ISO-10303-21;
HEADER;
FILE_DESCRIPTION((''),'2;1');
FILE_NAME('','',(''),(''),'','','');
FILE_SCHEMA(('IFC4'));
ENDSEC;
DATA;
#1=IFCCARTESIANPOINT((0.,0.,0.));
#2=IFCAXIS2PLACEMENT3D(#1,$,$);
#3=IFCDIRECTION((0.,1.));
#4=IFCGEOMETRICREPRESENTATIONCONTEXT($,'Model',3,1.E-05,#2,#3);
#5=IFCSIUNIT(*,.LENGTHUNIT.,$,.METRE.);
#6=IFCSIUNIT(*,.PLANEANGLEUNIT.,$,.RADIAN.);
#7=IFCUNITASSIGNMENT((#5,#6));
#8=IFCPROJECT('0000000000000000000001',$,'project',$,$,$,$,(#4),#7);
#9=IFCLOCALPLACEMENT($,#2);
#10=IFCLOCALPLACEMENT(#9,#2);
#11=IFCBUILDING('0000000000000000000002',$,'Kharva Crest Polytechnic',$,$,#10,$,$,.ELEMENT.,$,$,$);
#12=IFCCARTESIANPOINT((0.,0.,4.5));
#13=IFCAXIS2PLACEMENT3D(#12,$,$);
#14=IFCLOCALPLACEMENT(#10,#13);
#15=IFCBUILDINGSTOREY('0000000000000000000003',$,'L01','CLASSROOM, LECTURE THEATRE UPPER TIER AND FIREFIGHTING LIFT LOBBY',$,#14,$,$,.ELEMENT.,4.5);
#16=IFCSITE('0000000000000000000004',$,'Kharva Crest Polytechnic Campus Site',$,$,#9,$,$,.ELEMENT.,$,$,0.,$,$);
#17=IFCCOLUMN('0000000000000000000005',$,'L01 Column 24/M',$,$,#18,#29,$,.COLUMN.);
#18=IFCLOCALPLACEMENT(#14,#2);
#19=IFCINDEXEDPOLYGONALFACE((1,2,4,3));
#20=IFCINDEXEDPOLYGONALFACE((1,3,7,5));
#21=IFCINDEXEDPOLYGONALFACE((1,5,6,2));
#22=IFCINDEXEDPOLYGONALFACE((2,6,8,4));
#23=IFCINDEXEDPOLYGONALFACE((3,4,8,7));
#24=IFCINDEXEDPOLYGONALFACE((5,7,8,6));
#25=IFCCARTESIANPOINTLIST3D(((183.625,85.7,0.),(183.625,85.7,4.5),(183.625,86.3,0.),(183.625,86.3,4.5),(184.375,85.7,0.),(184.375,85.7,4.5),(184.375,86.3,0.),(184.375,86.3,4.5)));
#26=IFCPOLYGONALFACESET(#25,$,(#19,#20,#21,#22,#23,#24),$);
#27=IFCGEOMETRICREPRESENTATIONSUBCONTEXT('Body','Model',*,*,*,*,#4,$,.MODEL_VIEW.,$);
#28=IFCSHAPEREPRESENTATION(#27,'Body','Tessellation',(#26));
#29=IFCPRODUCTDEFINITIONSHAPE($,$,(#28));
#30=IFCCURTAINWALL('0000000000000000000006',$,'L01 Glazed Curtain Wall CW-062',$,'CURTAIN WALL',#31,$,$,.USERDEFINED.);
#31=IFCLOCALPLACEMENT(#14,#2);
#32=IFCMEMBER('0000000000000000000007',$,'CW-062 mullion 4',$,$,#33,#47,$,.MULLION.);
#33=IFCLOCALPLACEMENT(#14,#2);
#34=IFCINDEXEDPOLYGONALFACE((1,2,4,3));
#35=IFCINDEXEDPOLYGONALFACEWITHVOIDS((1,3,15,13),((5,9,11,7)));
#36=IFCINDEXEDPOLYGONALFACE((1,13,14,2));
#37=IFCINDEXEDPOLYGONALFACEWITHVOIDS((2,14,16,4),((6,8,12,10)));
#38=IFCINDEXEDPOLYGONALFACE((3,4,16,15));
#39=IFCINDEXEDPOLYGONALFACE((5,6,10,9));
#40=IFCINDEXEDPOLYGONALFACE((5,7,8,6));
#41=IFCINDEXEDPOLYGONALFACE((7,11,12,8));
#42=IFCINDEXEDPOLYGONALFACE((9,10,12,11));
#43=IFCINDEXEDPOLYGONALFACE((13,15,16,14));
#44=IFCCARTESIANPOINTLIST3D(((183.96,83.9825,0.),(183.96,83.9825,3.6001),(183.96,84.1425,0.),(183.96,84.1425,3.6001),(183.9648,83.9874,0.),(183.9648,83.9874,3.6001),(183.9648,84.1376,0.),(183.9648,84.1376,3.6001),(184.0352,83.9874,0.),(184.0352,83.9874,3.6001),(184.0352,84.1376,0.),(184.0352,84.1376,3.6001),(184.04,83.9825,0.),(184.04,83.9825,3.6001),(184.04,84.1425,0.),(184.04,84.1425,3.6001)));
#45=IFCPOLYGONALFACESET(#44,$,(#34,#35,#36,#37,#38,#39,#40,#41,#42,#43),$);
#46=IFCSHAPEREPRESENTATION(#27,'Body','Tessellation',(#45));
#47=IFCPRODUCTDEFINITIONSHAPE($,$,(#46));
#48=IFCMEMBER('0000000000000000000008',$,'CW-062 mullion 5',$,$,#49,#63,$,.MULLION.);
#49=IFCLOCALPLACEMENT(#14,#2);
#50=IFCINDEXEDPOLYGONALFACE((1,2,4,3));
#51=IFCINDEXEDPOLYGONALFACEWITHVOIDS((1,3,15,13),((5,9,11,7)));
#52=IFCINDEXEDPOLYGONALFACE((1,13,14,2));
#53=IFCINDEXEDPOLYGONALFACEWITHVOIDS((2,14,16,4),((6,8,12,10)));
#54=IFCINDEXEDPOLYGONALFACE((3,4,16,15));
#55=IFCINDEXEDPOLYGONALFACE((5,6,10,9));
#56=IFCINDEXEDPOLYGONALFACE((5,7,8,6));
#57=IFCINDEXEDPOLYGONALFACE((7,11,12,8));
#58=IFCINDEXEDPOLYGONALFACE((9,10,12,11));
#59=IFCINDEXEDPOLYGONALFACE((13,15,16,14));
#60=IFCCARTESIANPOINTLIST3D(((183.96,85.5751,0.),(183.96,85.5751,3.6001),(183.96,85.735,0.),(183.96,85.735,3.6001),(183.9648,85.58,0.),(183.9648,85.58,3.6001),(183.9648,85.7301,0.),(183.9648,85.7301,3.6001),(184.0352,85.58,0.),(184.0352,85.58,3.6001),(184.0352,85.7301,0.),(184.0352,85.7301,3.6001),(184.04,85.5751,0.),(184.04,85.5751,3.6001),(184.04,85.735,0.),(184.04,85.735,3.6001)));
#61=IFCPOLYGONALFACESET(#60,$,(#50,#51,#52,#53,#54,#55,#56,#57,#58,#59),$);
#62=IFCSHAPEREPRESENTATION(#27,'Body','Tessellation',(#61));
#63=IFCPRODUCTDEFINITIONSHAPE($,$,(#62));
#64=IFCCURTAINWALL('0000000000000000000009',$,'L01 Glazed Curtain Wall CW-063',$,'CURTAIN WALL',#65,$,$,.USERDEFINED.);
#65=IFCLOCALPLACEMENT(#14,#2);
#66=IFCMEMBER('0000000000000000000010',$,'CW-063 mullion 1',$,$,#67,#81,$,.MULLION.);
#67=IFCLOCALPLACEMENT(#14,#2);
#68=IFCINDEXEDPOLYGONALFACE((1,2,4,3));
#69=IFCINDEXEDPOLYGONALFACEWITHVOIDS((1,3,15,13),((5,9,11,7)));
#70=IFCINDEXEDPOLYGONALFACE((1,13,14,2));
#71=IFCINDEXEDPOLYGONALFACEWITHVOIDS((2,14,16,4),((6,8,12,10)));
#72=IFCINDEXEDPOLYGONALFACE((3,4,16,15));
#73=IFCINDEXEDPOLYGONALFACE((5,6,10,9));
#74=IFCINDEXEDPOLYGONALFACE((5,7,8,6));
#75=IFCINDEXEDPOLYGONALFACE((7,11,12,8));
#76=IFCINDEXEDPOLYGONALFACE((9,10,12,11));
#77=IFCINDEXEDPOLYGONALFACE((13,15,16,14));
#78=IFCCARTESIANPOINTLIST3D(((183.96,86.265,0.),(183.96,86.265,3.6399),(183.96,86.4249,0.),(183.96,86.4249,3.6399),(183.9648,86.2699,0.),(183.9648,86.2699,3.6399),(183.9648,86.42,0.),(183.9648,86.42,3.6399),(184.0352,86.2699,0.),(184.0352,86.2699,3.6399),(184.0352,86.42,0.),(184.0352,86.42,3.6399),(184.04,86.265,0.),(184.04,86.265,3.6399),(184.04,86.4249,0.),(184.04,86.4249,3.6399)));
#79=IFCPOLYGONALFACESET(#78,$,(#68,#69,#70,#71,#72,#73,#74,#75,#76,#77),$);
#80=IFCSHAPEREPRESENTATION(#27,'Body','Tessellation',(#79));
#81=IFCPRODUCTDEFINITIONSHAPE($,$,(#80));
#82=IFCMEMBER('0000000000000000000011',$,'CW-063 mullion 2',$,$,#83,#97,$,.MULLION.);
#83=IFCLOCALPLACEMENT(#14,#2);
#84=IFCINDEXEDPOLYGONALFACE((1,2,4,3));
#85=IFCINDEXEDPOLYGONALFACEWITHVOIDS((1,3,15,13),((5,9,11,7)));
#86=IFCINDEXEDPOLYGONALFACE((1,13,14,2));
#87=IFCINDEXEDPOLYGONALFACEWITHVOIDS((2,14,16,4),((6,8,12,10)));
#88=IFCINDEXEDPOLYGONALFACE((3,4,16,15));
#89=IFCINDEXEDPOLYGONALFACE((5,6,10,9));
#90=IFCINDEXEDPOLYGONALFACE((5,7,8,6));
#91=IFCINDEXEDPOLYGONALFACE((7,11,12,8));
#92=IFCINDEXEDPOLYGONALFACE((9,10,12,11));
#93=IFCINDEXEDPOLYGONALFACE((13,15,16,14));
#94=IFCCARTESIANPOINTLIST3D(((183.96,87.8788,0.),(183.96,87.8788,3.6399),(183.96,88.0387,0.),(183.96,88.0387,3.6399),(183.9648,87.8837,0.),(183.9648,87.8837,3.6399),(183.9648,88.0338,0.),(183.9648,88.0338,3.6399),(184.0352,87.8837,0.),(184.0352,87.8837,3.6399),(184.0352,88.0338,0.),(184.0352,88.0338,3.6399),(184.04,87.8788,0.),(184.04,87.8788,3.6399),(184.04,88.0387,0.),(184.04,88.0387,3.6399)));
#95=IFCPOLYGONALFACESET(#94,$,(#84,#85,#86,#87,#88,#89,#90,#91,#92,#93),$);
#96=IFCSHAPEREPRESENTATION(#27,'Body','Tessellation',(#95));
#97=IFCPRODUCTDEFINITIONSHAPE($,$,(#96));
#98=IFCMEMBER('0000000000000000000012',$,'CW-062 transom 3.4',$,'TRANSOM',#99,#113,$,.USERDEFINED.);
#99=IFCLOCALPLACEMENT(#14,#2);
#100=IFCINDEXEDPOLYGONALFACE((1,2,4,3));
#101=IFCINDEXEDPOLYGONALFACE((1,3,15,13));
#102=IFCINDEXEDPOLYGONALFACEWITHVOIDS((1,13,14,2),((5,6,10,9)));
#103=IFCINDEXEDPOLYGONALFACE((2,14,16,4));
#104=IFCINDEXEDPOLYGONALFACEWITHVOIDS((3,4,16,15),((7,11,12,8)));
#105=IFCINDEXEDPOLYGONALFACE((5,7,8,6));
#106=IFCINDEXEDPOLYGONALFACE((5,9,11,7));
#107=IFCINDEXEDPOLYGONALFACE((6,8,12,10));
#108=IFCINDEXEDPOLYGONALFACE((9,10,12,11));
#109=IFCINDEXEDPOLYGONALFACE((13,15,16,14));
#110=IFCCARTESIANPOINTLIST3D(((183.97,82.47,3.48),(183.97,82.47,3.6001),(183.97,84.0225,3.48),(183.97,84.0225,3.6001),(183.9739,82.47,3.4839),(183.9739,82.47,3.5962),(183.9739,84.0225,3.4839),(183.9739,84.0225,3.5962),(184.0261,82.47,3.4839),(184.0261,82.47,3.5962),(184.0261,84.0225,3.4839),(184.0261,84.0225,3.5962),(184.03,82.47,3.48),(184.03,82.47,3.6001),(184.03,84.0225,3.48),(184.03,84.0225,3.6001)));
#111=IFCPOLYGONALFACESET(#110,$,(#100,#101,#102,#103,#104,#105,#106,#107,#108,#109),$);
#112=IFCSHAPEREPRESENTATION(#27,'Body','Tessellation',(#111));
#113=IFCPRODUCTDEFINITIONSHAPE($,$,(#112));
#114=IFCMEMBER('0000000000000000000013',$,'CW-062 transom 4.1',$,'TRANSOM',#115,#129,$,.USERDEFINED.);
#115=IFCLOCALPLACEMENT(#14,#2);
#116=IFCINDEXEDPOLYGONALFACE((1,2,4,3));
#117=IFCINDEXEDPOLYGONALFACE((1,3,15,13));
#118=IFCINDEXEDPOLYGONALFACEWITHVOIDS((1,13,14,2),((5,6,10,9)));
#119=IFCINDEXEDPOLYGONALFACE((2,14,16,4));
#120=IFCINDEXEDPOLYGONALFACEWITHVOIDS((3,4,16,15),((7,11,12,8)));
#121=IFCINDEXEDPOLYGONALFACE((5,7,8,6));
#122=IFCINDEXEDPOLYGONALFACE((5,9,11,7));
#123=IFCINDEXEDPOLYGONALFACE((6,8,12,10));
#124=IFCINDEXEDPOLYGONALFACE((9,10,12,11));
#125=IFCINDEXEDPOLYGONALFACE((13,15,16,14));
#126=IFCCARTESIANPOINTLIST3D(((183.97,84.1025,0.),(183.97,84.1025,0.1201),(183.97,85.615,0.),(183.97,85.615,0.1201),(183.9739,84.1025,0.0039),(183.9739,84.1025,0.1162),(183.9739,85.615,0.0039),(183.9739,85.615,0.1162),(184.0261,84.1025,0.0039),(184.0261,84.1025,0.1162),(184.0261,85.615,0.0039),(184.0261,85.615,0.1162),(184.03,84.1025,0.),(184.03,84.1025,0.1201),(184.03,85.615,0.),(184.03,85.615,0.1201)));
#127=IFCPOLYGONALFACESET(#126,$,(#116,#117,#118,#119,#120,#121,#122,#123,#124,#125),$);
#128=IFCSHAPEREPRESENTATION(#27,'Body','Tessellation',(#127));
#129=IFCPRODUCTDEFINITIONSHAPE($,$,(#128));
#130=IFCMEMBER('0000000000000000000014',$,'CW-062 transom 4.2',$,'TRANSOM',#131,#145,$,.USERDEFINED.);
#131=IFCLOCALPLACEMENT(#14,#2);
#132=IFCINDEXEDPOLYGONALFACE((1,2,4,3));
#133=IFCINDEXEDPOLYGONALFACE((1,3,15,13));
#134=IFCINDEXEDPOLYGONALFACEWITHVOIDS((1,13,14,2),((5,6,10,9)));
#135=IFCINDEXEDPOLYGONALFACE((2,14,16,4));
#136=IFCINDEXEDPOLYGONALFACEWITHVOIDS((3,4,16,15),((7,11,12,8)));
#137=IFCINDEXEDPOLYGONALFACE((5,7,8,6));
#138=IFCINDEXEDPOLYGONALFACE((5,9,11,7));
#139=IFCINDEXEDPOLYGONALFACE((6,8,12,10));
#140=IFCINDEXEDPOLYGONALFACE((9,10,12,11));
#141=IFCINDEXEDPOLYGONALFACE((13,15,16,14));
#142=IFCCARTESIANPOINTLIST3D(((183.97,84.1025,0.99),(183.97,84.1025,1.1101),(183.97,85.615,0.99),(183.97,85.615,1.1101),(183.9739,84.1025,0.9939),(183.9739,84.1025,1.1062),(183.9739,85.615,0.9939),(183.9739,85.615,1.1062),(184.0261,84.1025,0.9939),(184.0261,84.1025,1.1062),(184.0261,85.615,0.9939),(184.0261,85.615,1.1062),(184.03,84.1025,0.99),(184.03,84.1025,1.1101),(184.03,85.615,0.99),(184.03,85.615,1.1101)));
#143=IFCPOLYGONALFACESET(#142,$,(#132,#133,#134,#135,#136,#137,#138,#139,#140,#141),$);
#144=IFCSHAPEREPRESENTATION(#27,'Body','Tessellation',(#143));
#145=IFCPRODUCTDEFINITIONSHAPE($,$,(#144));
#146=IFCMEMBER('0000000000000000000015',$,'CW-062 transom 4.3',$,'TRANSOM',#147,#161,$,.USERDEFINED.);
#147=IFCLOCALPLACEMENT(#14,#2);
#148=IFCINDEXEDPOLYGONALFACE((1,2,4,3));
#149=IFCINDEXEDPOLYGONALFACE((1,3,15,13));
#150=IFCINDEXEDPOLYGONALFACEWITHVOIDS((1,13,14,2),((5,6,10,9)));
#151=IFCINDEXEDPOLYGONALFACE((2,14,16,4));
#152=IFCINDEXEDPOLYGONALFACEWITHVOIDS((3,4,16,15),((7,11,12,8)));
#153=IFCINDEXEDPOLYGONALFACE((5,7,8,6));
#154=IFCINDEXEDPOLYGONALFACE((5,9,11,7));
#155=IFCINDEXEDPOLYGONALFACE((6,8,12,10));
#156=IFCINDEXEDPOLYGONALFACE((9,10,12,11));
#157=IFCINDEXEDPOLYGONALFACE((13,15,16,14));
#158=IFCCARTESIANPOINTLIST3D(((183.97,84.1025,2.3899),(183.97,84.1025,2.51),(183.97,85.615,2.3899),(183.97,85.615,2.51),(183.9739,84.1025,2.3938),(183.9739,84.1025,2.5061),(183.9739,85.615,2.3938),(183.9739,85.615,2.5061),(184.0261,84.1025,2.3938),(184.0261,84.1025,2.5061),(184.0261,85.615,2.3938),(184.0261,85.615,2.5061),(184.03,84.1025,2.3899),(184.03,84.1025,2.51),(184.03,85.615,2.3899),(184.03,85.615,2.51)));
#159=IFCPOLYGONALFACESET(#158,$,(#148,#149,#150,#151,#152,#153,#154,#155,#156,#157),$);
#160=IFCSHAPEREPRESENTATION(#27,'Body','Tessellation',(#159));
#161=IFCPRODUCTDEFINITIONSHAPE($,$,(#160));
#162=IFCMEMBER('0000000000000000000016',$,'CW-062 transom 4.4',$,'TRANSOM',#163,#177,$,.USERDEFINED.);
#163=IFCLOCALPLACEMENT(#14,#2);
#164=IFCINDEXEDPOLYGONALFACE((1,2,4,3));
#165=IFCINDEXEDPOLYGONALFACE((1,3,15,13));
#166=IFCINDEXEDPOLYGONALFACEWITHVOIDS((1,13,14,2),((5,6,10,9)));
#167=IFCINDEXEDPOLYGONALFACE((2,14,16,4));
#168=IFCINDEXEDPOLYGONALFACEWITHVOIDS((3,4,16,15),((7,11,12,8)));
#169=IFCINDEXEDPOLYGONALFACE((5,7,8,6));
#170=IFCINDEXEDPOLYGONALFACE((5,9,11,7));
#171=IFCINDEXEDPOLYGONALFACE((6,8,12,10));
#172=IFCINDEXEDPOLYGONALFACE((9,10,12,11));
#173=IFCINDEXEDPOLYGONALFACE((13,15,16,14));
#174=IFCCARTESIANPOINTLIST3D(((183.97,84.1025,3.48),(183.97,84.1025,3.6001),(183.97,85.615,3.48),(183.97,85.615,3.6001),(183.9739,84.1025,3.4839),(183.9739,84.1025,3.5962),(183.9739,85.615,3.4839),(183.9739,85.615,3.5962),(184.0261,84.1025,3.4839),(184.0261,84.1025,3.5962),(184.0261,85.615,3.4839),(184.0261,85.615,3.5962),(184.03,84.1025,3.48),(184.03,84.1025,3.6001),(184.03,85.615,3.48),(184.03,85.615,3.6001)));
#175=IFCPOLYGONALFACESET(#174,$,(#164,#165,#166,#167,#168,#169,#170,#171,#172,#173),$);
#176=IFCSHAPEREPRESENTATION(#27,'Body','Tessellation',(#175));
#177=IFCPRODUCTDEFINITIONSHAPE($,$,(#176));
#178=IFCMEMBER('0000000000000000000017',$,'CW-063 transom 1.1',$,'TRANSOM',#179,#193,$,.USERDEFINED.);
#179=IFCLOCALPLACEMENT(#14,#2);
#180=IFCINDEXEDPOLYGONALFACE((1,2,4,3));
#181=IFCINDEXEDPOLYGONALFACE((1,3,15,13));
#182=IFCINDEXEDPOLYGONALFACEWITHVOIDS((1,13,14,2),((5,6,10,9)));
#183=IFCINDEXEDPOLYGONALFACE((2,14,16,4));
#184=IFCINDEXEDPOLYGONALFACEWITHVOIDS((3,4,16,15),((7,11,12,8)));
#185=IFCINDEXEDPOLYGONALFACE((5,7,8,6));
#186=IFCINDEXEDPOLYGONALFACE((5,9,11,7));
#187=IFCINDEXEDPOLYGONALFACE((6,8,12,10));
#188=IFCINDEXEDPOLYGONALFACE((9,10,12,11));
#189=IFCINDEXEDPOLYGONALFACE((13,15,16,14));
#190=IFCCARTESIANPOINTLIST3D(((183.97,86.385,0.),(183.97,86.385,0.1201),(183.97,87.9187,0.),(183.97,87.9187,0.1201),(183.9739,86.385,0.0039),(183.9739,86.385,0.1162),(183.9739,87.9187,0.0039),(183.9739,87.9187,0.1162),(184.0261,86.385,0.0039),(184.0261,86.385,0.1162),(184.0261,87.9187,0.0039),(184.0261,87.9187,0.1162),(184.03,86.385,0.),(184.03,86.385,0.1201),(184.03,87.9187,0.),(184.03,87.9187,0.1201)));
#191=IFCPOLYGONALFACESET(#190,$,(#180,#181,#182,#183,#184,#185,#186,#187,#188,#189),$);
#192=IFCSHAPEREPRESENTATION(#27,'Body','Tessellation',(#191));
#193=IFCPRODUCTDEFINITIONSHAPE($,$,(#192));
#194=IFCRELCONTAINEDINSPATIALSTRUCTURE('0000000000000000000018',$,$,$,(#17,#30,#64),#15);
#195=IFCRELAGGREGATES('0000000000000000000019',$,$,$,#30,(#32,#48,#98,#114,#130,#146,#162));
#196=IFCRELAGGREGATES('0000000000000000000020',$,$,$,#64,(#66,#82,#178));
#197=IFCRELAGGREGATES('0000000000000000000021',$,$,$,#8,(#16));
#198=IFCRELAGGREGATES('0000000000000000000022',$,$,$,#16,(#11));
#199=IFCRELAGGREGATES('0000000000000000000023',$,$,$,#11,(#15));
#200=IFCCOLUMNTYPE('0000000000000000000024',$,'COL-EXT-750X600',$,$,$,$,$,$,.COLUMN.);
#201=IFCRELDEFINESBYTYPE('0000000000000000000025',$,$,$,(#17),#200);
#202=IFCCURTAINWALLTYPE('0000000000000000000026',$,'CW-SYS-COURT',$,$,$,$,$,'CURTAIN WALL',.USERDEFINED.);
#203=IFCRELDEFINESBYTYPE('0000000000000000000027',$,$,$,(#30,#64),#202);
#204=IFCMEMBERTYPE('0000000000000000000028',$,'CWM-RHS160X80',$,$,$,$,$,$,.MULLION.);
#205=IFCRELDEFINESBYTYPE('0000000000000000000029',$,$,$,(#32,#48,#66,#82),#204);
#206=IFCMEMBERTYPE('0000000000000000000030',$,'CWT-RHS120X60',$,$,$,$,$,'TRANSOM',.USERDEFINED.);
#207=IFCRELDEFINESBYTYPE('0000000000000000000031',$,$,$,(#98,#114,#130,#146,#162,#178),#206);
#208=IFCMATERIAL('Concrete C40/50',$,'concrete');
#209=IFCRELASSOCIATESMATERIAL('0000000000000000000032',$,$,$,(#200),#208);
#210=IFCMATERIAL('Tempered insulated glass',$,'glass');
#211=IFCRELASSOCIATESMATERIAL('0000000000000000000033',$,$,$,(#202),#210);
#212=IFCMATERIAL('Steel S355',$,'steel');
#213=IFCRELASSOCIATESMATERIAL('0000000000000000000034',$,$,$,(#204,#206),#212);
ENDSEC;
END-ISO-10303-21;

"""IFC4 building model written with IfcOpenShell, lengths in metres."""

from ifc_helpers import new_model, si_unit, direction, frame, origin, origin_2d, place, context, subcontext, project, spatial, rectangle, hollow_rectangle, extrude, material, material_profile, profile_set, type_object, element, aggregate, save


model = new_model("IFC4")

# Units and contexts
model_context = context("Model", 3, precision=1e-05, world=origin(), true_north=direction((0.0, 1.0)))
body_context = subcontext(model_context, "Body", "Model", "MODEL_VIEW")
ifc_project = project(units=[si_unit("LENGTHUNIT", "METRE"), si_unit("PLANEANGLEUNIT", "RADIAN")], contexts=[model_context])

# Site, building, storey
site_placement = place(None, origin())
site = spatial("IfcSite", under=ifc_project, at=site_placement, Name="Kharva Crest Polytechnic Campus Site", CompositionType="ELEMENT", RefElevation=0.0)
building_placement = place(site_placement, origin())
building = spatial("IfcBuilding", under=site, at=building_placement, Name="Kharva Crest Polytechnic", CompositionType="ELEMENT")
storey_placement = place(building_placement, frame((0.0, 0.0, 4.5)))
storey = spatial("IfcBuildingStorey", under=building, at=storey_placement, Name="L01", Description="CLASSROOM, LECTURE THEATRE UPPER TIER AND FIREFIGHTING LIFT LOBBY", CompositionType="ELEMENT", Elevation=4.5)

# Column
ifc_material_1 = material(Name="Concrete C40/50", Category="concrete")
ifc_material_profile_1 = material_profile(ifc_material_1, rectangle(XDim=0.75, YDim=0.6001, at=origin_2d()), Name="RECT 750 X 600")
ifc_profile_set_1 = profile_set([ifc_material_profile_1], Name="Concrete C40/50")
column_type = type_object("IfcColumnType", Name="COL-EXT-750X600", PredefinedType="COLUMN", material=ifc_profile_set_1)
column_placement = place(storey_placement, frame((184.0, 86.0, 0.0), z_axis=(0.0, 0.0, 1.0), x_axis=(1.0, 0.0, 0.0)))
element("IfcColumn", 1, at=column_placement, inside=storey, type_object=column_type, Name="L01 Column 24/M", PredefinedType="COLUMN", context=body_context, shape_type="SweptSolid", body=[
    extrude(rectangle(XDim=0.75, YDim=0.6001, at=origin_2d()), origin(), (0.0, 0.0, 1.0), 4.5),
])

# Curtain walls, members
ifc_material_2 = material(Name="Tempered insulated glass", Category="glass")
curtain_wall_type = type_object("IfcCurtainWallType", Name="CW-SYS-COURT", ElementType="CURTAIN WALL", PredefinedType="USERDEFINED", material=ifc_material_2)
curtain_wall_1_placement = place(storey_placement, origin())
curtain_wall_1 = element("IfcCurtainWall", 2, at=curtain_wall_1_placement, inside=storey, type_object=curtain_wall_type, Name="L01 Glazed Curtain Wall CW-062", ObjectType="CURTAIN WALL", PredefinedType="USERDEFINED")
ifc_material_3 = material(Name="Steel S355", Category="steel")
ifc_material_profile_2 = material_profile(ifc_material_3, hollow_rectangle(XDim=0.0801, YDim=0.1599, WallThickness=0.0049, at=origin_2d()), Name="RHS 160X80X5.0")
ifc_profile_set_2 = profile_set([ifc_material_profile_2], Name="Steel S355")
member_type_1 = type_object("IfcMemberType", Name="CWM-RHS160X80", PredefinedType="MULLION", material=ifc_profile_set_2)
member_1_placement = place(storey_placement, frame((184.0, 84.0625, 0.0), z_axis=(0.0, 0.0, 1.0), x_axis=(-1.0, 0.0, 0.0)))
member_1 = element("IfcMember", 3, at=member_1_placement, type_object=member_type_1, Name="CW-062 mullion 4", PredefinedType="MULLION", context=body_context, shape_type="SweptSolid", body=[
    extrude(hollow_rectangle(XDim=0.0801, YDim=0.1599, WallThickness=0.0049, at=origin_2d()), origin(), (0.0, 0.0, 1.0), 3.6001),
])
member_2_placement = place(storey_placement, frame((184.0, 85.655, 0.0), z_axis=(0.0, 0.0, 1.0), x_axis=(-1.0, 0.0, 0.0)))
member_2 = element("IfcMember", 4, at=member_2_placement, type_object=member_type_1, Name="CW-062 mullion 5", PredefinedType="MULLION", context=body_context, shape_type="SweptSolid", body=[
    extrude(hollow_rectangle(XDim=0.0801, YDim=0.1599, WallThickness=0.0049, at=origin_2d()), origin(), (0.0, 0.0, 1.0), 3.6001),
])
curtain_wall_2_placement = place(storey_placement, origin())
curtain_wall_2 = element("IfcCurtainWall", 5, at=curtain_wall_2_placement, inside=storey, type_object=curtain_wall_type, Name="L01 Glazed Curtain Wall CW-063", ObjectType="CURTAIN WALL", PredefinedType="USERDEFINED")
member_3_placement = place(storey_placement, frame((184.0, 86.345, 0.0), z_axis=(0.0, 0.0, 1.0), x_axis=(-1.0, 0.0, 0.0)))
member_3 = element("IfcMember", 6, at=member_3_placement, type_object=member_type_1, Name="CW-063 mullion 1", PredefinedType="MULLION", context=body_context, shape_type="SweptSolid", body=[
    extrude(hollow_rectangle(XDim=0.0801, YDim=0.1599, WallThickness=0.0049, at=origin_2d()), origin(), (0.0, 0.0, 1.0), 3.6399),
])
member_4_placement = place(storey_placement, frame((184.0, 87.9587, 0.0), z_axis=(0.0, 0.0, 1.0), x_axis=(-1.0, 0.0, 0.0)))
member_4 = element("IfcMember", 7, at=member_4_placement, type_object=member_type_1, Name="CW-063 mullion 2", PredefinedType="MULLION", context=body_context, shape_type="SweptSolid", body=[
    extrude(hollow_rectangle(XDim=0.0801, YDim=0.1599, WallThickness=0.0049, at=origin_2d()), origin(), (0.0, 0.0, 1.0), 3.6399),
])

# Members
ifc_material_profile_3 = material_profile(ifc_material_3, hollow_rectangle(XDim=0.0601, YDim=0.1201, WallThickness=0.0039, at=origin_2d()), Name="RHS 120X60X4.0")
ifc_profile_set_3 = profile_set([ifc_material_profile_3], Name="Steel S355")
member_type_2 = type_object("IfcMemberType", Name="CWT-RHS120X60", ElementType="TRANSOM", PredefinedType="USERDEFINED", material=ifc_profile_set_3)
member_5_placement = place(storey_placement, frame((184.0, 82.47, 3.54), z_axis=(0.0, 1.0, 0.0), x_axis=(-1.0, 0.0, 0.0)))
member_5 = element("IfcMember", 8, at=member_5_placement, type_object=member_type_2, Name="CW-062 transom 3.4", ObjectType="TRANSOM", PredefinedType="USERDEFINED", context=body_context, shape_type="SweptSolid", body=[
    extrude(hollow_rectangle(XDim=0.0601, YDim=0.1201, WallThickness=0.0039, at=origin_2d()), origin(), (0.0, 0.0, 1.0), 1.5525),
])
member_6_placement = place(storey_placement, frame((184.0, 84.1025, 0.0601), z_axis=(0.0, 1.0, 0.0), x_axis=(-1.0, 0.0, 0.0)))
member_6 = element("IfcMember", 9, at=member_6_placement, type_object=member_type_2, Name="CW-062 transom 4.1", ObjectType="TRANSOM", PredefinedType="USERDEFINED", context=body_context, shape_type="SweptSolid", body=[
    extrude(hollow_rectangle(XDim=0.0601, YDim=0.1201, WallThickness=0.0039, at=origin_2d()), origin(), (0.0, 0.0, 1.0), 1.5125),
])
member_7_placement = place(storey_placement, frame((184.0, 84.1025, 1.05), z_axis=(0.0, 1.0, 0.0), x_axis=(-1.0, 0.0, 0.0)))
member_7 = element("IfcMember", 10, at=member_7_placement, type_object=member_type_2, Name="CW-062 transom 4.2", ObjectType="TRANSOM", PredefinedType="USERDEFINED", context=body_context, shape_type="SweptSolid", body=[
    extrude(hollow_rectangle(XDim=0.0601, YDim=0.1201, WallThickness=0.0039, at=origin_2d()), origin(), (0.0, 0.0, 1.0), 1.5125),
])
member_8_placement = place(storey_placement, frame((184.0, 84.1025, 2.45), z_axis=(0.0, 1.0, 0.0), x_axis=(-1.0, 0.0, 0.0)))
member_8 = element("IfcMember", 11, at=member_8_placement, type_object=member_type_2, Name="CW-062 transom 4.3", ObjectType="TRANSOM", PredefinedType="USERDEFINED", context=body_context, shape_type="SweptSolid", body=[
    extrude(hollow_rectangle(XDim=0.0601, YDim=0.1201, WallThickness=0.0039, at=origin_2d()), origin(), (0.0, 0.0, 1.0), 1.5125),
])
member_9_placement = place(storey_placement, frame((184.0, 84.1025, 3.54), z_axis=(0.0, 1.0, 0.0), x_axis=(-1.0, 0.0, 0.0)))
member_9 = element("IfcMember", 12, at=member_9_placement, type_object=member_type_2, Name="CW-062 transom 4.4", ObjectType="TRANSOM", PredefinedType="USERDEFINED", context=body_context, shape_type="SweptSolid", body=[
    extrude(hollow_rectangle(XDim=0.0601, YDim=0.1201, WallThickness=0.0039, at=origin_2d()), origin(), (0.0, 0.0, 1.0), 1.5125),
])
member_10_placement = place(storey_placement, frame((184.0, 86.385, 0.0601), z_axis=(0.0, 1.0, 0.0), x_axis=(-1.0, 0.0, 0.0)))
member_10 = element("IfcMember", 13, at=member_10_placement, type_object=member_type_2, Name="CW-063 transom 1.1", ObjectType="TRANSOM", PredefinedType="USERDEFINED", context=body_context, shape_type="SweptSolid", body=[
    extrude(hollow_rectangle(XDim=0.0601, YDim=0.1201, WallThickness=0.0039, at=origin_2d()), origin(), (0.0, 0.0, 1.0), 1.5337),
])

aggregate(curtain_wall_1, [member_1, member_2, member_5, member_6, member_7, member_8, member_9])
aggregate(curtain_wall_2, [member_3, member_4, member_10])

save(model, "model.ifc")
